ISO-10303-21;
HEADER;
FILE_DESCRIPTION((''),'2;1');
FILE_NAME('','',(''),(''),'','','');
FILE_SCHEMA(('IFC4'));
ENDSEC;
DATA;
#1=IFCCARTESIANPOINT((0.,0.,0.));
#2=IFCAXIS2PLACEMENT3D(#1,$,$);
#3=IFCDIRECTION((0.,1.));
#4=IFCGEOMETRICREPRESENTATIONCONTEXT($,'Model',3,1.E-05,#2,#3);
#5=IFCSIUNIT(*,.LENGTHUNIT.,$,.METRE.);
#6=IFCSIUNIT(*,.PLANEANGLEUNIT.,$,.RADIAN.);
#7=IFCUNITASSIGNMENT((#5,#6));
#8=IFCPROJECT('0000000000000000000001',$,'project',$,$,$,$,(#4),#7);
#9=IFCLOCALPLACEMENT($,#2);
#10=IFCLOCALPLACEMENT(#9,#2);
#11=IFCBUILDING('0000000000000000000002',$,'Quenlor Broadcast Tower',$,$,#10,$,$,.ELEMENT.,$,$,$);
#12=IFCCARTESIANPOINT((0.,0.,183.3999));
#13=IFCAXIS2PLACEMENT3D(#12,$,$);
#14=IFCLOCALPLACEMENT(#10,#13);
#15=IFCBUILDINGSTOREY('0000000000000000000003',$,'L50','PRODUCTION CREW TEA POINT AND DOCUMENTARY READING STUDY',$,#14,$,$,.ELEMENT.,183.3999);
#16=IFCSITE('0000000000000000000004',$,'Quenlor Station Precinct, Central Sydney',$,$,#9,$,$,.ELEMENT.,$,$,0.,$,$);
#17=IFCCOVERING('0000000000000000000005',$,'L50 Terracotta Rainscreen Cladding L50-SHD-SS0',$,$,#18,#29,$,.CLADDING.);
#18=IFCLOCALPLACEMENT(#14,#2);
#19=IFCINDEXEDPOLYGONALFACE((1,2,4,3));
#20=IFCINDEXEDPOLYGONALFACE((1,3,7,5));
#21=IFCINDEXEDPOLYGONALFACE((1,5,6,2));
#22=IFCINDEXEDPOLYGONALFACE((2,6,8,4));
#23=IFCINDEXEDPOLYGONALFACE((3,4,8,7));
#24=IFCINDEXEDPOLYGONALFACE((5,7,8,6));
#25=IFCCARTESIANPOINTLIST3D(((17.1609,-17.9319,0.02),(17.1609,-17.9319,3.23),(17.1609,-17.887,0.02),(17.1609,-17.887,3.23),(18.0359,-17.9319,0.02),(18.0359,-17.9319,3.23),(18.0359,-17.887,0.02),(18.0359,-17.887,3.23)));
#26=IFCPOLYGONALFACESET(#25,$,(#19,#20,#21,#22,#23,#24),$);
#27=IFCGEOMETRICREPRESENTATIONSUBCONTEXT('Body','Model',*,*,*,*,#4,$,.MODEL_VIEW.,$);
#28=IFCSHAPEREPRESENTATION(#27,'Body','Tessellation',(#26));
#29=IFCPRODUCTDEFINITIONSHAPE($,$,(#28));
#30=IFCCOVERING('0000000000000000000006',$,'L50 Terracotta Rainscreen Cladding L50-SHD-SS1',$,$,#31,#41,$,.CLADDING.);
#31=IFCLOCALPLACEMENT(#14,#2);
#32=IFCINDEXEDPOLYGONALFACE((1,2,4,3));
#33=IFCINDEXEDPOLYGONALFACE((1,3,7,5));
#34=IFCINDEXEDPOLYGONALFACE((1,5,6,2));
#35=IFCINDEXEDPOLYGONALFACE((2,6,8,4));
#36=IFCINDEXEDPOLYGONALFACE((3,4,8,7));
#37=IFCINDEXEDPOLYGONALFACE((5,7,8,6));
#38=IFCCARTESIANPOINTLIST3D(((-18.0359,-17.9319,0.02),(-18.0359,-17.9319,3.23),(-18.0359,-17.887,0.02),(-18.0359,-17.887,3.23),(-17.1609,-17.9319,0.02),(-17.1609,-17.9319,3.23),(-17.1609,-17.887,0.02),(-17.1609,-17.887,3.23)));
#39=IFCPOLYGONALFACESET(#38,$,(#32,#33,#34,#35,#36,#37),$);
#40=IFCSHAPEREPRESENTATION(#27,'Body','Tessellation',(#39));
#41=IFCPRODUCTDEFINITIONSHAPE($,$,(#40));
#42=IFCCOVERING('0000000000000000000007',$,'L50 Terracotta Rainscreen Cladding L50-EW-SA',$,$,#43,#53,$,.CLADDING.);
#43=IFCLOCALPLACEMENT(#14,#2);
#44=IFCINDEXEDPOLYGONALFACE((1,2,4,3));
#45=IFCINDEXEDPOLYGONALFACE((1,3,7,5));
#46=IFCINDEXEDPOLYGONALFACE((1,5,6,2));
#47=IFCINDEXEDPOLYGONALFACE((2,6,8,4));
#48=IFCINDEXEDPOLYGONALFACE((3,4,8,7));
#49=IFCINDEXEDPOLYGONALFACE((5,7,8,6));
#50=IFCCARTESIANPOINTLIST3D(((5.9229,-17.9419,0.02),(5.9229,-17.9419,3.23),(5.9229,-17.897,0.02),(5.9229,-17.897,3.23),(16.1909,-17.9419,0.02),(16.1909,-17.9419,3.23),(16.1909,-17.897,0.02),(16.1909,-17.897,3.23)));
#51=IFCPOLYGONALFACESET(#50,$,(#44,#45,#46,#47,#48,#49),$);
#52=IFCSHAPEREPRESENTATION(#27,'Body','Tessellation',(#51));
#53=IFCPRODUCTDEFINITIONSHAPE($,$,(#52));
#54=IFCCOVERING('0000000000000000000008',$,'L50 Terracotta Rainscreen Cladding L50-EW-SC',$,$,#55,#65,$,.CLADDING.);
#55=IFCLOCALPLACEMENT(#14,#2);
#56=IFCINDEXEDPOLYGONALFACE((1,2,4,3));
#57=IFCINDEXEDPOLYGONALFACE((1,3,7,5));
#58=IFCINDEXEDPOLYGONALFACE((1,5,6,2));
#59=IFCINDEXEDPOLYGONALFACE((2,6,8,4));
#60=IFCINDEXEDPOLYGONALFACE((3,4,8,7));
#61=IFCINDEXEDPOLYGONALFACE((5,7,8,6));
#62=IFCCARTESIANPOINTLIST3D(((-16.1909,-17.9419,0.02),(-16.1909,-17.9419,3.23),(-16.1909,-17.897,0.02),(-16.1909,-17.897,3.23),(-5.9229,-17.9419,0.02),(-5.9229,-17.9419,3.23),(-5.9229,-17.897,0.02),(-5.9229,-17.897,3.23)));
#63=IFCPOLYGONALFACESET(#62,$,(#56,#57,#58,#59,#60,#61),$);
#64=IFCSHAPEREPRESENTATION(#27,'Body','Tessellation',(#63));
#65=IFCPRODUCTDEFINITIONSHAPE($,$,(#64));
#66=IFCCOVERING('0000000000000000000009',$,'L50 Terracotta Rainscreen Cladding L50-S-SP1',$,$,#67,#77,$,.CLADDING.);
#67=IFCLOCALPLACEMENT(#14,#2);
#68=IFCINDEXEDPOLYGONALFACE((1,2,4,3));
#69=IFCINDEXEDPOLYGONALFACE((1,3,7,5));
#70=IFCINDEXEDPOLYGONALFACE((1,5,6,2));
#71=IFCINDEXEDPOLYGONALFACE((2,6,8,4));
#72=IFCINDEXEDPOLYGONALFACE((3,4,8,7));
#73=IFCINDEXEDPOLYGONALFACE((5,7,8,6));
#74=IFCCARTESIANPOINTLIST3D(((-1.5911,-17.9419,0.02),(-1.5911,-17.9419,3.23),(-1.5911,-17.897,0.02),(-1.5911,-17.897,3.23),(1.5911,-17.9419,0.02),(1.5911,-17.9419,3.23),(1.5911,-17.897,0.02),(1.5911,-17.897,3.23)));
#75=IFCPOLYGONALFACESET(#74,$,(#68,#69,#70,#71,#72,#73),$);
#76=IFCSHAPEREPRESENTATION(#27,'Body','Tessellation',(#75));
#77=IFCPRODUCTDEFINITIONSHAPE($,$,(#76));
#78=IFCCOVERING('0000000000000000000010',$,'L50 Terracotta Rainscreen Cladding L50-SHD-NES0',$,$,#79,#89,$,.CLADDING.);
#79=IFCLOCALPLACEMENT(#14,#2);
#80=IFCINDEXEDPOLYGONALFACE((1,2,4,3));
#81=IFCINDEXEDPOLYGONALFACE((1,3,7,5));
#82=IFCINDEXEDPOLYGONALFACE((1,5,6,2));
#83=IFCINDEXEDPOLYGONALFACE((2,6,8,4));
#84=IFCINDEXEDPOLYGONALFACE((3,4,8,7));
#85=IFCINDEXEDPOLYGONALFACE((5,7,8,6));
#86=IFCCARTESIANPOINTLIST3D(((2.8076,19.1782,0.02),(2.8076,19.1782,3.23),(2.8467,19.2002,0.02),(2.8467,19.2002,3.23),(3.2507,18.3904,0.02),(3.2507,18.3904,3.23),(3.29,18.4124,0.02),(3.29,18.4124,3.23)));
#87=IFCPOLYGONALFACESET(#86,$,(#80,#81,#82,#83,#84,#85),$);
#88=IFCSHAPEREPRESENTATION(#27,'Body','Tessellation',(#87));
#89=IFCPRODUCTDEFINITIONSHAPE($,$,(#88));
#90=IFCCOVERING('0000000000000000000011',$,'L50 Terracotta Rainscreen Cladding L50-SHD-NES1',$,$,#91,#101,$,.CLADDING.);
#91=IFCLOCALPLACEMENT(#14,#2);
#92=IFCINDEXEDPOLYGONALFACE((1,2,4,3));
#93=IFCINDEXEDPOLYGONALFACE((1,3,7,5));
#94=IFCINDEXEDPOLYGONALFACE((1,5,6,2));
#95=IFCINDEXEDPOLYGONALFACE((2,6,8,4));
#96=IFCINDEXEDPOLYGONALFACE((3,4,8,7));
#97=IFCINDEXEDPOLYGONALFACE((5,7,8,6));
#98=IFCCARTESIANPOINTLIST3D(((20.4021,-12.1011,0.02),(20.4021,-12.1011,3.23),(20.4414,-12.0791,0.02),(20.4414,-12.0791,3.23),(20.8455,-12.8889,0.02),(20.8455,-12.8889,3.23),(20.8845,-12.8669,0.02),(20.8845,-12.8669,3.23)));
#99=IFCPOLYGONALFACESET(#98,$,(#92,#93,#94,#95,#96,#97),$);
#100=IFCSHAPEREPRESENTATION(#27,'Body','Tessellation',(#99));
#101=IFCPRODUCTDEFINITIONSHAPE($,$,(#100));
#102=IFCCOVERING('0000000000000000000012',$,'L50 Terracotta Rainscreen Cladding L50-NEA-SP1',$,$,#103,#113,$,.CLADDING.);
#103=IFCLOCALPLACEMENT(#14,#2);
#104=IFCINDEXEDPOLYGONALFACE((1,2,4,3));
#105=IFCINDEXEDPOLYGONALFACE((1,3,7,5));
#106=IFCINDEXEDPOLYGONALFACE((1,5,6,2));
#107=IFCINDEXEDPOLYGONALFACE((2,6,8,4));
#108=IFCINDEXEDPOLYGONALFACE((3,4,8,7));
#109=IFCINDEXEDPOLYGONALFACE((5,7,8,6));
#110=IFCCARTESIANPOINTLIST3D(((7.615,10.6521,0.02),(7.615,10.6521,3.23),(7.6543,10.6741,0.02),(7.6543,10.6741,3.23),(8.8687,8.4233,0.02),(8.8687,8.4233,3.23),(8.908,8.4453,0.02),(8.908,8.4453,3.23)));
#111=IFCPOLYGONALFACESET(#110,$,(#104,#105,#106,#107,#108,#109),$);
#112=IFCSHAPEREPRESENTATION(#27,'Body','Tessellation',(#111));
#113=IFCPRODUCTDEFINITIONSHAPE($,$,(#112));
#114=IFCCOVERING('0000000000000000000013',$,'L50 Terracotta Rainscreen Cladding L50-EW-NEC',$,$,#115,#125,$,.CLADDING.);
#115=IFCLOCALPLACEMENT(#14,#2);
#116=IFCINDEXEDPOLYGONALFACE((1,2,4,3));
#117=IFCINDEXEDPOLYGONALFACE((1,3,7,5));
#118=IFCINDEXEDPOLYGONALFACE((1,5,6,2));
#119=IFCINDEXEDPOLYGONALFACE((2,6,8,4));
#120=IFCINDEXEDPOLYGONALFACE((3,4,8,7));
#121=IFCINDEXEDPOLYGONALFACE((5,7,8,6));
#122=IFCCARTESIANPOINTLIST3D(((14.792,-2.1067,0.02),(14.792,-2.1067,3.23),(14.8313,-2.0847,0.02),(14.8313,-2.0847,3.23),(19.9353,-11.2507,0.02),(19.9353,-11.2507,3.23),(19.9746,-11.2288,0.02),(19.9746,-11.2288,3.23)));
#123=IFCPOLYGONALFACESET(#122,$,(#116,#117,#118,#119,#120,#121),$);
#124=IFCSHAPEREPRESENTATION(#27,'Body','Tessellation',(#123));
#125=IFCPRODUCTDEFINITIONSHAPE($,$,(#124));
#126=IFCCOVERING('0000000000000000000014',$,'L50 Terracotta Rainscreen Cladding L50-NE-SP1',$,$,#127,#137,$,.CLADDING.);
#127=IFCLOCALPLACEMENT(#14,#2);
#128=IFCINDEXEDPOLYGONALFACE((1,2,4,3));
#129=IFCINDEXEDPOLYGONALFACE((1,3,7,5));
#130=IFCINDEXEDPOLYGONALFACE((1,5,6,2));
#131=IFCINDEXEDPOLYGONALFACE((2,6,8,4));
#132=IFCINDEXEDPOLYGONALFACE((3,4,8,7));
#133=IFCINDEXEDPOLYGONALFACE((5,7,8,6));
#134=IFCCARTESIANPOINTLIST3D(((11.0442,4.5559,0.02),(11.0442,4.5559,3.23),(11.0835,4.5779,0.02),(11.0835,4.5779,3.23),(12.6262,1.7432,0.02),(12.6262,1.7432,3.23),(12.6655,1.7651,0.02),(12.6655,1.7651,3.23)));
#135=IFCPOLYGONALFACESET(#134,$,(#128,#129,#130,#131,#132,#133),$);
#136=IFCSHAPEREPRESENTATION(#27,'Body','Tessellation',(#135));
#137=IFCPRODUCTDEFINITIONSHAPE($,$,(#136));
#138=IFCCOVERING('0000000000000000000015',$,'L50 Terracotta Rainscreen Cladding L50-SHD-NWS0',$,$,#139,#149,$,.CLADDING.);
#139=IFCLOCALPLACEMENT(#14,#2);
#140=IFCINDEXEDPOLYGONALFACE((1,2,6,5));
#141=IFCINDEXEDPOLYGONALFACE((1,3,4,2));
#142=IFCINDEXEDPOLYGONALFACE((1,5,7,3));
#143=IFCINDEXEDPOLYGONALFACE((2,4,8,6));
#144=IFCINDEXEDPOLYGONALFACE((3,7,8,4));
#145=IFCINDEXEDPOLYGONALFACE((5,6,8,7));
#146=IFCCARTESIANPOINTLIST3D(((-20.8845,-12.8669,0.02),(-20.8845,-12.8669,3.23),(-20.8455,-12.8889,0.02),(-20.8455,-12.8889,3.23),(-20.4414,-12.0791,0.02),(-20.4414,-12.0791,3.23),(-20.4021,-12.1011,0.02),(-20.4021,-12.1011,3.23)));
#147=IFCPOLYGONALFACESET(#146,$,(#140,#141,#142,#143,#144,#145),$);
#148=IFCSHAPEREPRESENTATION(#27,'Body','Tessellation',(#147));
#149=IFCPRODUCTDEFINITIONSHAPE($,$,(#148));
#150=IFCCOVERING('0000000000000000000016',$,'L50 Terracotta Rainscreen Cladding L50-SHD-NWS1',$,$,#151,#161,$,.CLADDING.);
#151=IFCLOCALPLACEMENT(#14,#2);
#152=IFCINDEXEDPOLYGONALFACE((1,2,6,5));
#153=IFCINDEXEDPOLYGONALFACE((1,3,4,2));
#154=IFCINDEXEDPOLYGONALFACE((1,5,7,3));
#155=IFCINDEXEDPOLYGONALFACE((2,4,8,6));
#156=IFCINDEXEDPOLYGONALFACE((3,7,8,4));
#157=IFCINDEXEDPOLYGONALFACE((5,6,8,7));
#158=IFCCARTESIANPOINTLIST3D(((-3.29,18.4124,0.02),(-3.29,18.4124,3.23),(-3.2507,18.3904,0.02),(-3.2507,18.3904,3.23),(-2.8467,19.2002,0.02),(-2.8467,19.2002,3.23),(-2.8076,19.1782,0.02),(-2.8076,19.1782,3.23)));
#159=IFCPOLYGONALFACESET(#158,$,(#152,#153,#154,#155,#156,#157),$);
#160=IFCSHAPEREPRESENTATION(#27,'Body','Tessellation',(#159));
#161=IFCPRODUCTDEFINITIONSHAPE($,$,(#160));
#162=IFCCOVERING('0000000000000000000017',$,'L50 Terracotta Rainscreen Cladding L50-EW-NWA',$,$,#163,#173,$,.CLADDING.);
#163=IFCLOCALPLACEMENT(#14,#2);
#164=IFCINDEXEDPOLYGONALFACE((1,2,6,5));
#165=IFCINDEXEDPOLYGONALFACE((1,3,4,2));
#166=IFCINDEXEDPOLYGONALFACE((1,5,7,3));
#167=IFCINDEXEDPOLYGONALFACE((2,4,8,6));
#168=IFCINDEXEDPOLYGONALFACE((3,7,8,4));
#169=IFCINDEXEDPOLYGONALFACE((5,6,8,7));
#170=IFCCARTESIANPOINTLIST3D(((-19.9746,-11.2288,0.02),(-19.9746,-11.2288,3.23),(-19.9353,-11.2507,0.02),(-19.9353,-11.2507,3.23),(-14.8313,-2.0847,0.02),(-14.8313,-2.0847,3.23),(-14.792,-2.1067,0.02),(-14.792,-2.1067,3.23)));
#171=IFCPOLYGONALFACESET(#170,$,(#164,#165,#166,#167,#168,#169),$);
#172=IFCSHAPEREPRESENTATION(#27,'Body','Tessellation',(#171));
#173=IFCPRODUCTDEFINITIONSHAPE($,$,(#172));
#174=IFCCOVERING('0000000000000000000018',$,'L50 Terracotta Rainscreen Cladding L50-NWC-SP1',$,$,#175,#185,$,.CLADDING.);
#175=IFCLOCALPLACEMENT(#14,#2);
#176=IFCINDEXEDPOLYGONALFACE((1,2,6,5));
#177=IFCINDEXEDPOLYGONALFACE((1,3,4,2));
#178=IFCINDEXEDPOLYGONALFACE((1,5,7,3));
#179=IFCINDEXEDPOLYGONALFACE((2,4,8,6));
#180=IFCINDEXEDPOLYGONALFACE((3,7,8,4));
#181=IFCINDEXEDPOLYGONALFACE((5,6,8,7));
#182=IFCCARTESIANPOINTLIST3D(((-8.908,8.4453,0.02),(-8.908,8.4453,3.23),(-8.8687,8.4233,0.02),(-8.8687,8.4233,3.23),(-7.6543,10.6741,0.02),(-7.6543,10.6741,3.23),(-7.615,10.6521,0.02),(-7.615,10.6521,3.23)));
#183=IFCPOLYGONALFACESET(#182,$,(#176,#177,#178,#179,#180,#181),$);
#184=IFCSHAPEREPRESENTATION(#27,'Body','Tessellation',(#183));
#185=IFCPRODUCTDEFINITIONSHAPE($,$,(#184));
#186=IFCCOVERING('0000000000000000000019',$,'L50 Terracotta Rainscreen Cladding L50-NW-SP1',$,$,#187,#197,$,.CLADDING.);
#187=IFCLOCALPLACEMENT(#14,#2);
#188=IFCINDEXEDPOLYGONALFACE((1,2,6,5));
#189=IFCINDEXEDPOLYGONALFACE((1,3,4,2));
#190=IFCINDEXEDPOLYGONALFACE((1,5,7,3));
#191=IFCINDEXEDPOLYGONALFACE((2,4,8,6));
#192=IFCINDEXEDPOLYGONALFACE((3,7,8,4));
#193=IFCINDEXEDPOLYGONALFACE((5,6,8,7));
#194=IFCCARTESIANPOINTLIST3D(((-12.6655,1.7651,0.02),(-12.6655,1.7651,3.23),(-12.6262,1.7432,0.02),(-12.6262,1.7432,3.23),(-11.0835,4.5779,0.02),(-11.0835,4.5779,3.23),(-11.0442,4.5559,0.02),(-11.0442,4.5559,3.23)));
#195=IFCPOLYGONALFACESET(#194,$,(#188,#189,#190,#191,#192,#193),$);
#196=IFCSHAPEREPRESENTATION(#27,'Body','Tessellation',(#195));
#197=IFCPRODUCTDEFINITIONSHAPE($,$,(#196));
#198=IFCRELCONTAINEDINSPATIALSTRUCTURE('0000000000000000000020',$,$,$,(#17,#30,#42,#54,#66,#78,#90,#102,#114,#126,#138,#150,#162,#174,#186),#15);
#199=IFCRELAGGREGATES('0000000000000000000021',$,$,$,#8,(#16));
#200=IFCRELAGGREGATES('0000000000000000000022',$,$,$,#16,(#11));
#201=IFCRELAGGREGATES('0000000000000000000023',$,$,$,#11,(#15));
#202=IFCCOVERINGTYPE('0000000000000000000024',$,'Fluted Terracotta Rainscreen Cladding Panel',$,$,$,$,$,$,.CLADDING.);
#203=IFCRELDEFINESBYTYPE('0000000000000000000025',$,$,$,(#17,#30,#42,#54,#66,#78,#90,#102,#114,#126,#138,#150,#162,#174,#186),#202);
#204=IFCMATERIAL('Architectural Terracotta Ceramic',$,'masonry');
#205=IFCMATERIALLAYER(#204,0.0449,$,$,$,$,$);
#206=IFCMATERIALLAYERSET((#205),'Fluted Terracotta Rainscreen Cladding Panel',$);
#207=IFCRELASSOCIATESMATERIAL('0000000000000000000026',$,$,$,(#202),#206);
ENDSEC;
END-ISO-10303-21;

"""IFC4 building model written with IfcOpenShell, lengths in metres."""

from ifc_helpers import new_model, si_unit, direction, frame, origin, place, context, subcontext, project, spatial, polyline, outline, extrude, material, layer, layer_set, type_object, element, save


model = new_model("IFC4")

# Units and contexts
model_context = context("Model", 3, precision=1e-05, world=origin(), true_north=direction((0.0, 1.0)))
body_context = subcontext(model_context, "Body", "Model", "MODEL_VIEW")
ifc_project = project(units=[si_unit("LENGTHUNIT", "METRE"), si_unit("PLANEANGLEUNIT", "RADIAN")], contexts=[model_context])

# Site, building, storey
site_placement = place(None, origin())
site = spatial("IfcSite", under=ifc_project, at=site_placement, Name="Quenlor Station Precinct, Central Sydney", CompositionType="ELEMENT", RefElevation=0.0)
building_placement = place(site_placement, origin())
building = spatial("IfcBuilding", under=site, at=building_placement, Name="Quenlor Broadcast Tower", CompositionType="ELEMENT")
storey_placement = place(building_placement, frame((0.0, 0.0, 183.3999)))
storey = spatial("IfcBuildingStorey", under=building, at=storey_placement, Name="L50", Description="PRODUCTION CREW TEA POINT AND DOCUMENTARY READING STUDY", CompositionType="ELEMENT", Elevation=183.3999)

# Coverings
ifc_material_1 = material(Name="Architectural Terracotta Ceramic", Category="masonry")
ifc_layer_1 = layer(ifc_material_1, 0.0449)
ifc_layer_set_1 = layer_set([ifc_layer_1], Name="Fluted Terracotta Rainscreen Cladding Panel")
covering_type = type_object("IfcCoveringType", Name="Fluted Terracotta Rainscreen Cladding Panel", PredefinedType="CLADDING", material=ifc_layer_set_1)
covering_1_placement = place(storey_placement, frame((0.0, 0.0, 0.02)))
element("IfcCovering", 1, at=covering_1_placement, inside=storey, type_object=covering_type, Name="L50 Terracotta Rainscreen Cladding L50-SHD-SS0", PredefinedType="CLADDING", context=body_context, shape_type="SweptSolid", body=[
    extrude(outline(polyline([(18.0359, -17.887), (17.1609, -17.887), (17.1609, -17.9319), (18.0359, -17.9319), (18.0359, -17.887)])), origin(), (0.0, 0.0, 1.0), 3.21),
])
covering_2_placement = place(storey_placement, frame((0.0, 0.0, 0.02)))
element("IfcCovering", 2, at=covering_2_placement, inside=storey, type_object=covering_type, Name="L50 Terracotta Rainscreen Cladding L50-SHD-SS1", PredefinedType="CLADDING", context=body_context, shape_type="SweptSolid", body=[
    extrude(outline(polyline([(-17.1609, -17.887), (-18.0359, -17.887), (-18.0359, -17.9319), (-17.1609, -17.9319), (-17.1609, -17.887)])), origin(), (0.0, 0.0, 1.0), 3.21),
])
covering_3_placement = place(storey_placement, frame((0.0, 0.0, 0.02)))
element("IfcCovering", 3, at=covering_3_placement, inside=storey, type_object=covering_type, Name="L50 Terracotta Rainscreen Cladding L50-EW-SA", PredefinedType="CLADDING", context=body_context, shape_type="SweptSolid", body=[
    extrude(outline(polyline([(16.1909, -17.897), (5.9229, -17.897), (5.9229, -17.9419), (16.1909, -17.9419), (16.1909, -17.897)])), origin(), (0.0, 0.0, 1.0), 3.21),
])
covering_4_placement = place(storey_placement, frame((0.0, 0.0, 0.02)))
element("IfcCovering", 4, at=covering_4_placement, inside=storey, type_object=covering_type, Name="L50 Terracotta Rainscreen Cladding L50-EW-SC", PredefinedType="CLADDING", context=body_context, shape_type="SweptSolid", body=[
    extrude(outline(polyline([(-5.9229, -17.897), (-16.1909, -17.897), (-16.1909, -17.9419), (-5.9229, -17.9419), (-5.9229, -17.897)])), origin(), (0.0, 0.0, 1.0), 3.21),
])
covering_5_placement = place(storey_placement, frame((0.0, 0.0, 0.02)))
element("IfcCovering", 5, at=covering_5_placement, inside=storey, type_object=covering_type, Name="L50 Terracotta Rainscreen Cladding L50-S-SP1", PredefinedType="CLADDING", context=body_context, shape_type="SweptSolid", body=[
    extrude(outline(polyline([(1.5911, -17.897), (-1.5911, -17.897), (-1.5911, -17.9419), (1.5911, -17.9419), (1.5911, -17.897)])), origin(), (0.0, 0.0, 1.0), 3.21),
])
covering_6_placement = place(storey_placement, frame((0.0, 0.0, 0.02)))
element("IfcCovering", 6, at=covering_6_placement, inside=storey, type_object=covering_type, Name="L50 Terracotta Rainscreen Cladding L50-SHD-NES0", PredefinedType="CLADDING", context=body_context, shape_type="SweptSolid", body=[
    extrude(outline(polyline([(2.8076, 19.1782), (3.2507, 18.3904), (3.29, 18.4124), (2.8467, 19.2002), (2.8076, 19.1782)])), origin(), (0.0, 0.0, 1.0), 3.21),
])
covering_7_placement = place(storey_placement, frame((0.0, 0.0, 0.02)))
element("IfcCovering", 7, at=covering_7_placement, inside=storey, type_object=covering_type, Name="L50 Terracotta Rainscreen Cladding L50-SHD-NES1", PredefinedType="CLADDING", context=body_context, shape_type="SweptSolid", body=[
    extrude(outline(polyline([(20.4021, -12.1011), (20.8455, -12.8889), (20.8845, -12.8669), (20.4414, -12.0791), (20.4021, -12.1011)])), origin(), (0.0, 0.0, 1.0), 3.21),
])
covering_8_placement = place(storey_placement, frame((0.0, 0.0, 0.02)))
element("IfcCovering", 8, at=covering_8_placement, inside=storey, type_object=covering_type, Name="L50 Terracotta Rainscreen Cladding L50-NEA-SP1", PredefinedType="CLADDING", context=body_context, shape_type="SweptSolid", body=[
    extrude(outline(polyline([(7.615, 10.6521), (8.8687, 8.4233), (8.908, 8.4453), (7.6543, 10.6741), (7.615, 10.6521)])), origin(), (0.0, 0.0, 1.0), 3.21),
])
covering_9_placement = place(storey_placement, frame((0.0, 0.0, 0.02)))
element("IfcCovering", 9, at=covering_9_placement, inside=storey, type_object=covering_type, Name="L50 Terracotta Rainscreen Cladding L50-EW-NEC", PredefinedType="CLADDING", context=body_context, shape_type="SweptSolid", body=[
    extrude(outline(polyline([(14.792, -2.1067), (19.9353, -11.2507), (19.9746, -11.2288), (14.8313, -2.0847), (14.792, -2.1067)])), origin(), (0.0, 0.0, 1.0), 3.21),
])
covering_10_placement = place(storey_placement, frame((0.0, 0.0, 0.02)))
element("IfcCovering", 10, at=covering_10_placement, inside=storey, type_object=covering_type, Name="L50 Terracotta Rainscreen Cladding L50-NE-SP1", PredefinedType="CLADDING", context=body_context, shape_type="SweptSolid", body=[
    extrude(outline(polyline([(11.0442, 4.5559), (12.6262, 1.7432), (12.6655, 1.7651), (11.0835, 4.5779), (11.0442, 4.5559)])), origin(), (0.0, 0.0, 1.0), 3.21),
])
covering_11_placement = place(storey_placement, frame((0.0, 0.0, 0.02)))
element("IfcCovering", 11, at=covering_11_placement, inside=storey, type_object=covering_type, Name="L50 Terracotta Rainscreen Cladding L50-SHD-NWS0", PredefinedType="CLADDING", context=body_context, shape_type="SweptSolid", body=[
    extrude(outline(polyline([(-20.8455, -12.8889), (-20.4021, -12.1011), (-20.4414, -12.0791), (-20.8845, -12.8669), (-20.8455, -12.8889)])), origin(), (0.0, 0.0, 1.0), 3.21),
])
covering_12_placement = place(storey_placement, frame((0.0, 0.0, 0.02)))
element("IfcCovering", 12, at=covering_12_placement, inside=storey, type_object=covering_type, Name="L50 Terracotta Rainscreen Cladding L50-SHD-NWS1", PredefinedType="CLADDING", context=body_context, shape_type="SweptSolid", body=[
    extrude(outline(polyline([(-3.2507, 18.3904), (-2.8076, 19.1782), (-2.8467, 19.2002), (-3.29, 18.4124), (-3.2507, 18.3904)])), origin(), (0.0, 0.0, 1.0), 3.21),
])
covering_13_placement = place(storey_placement, frame((0.0, 0.0, 0.02)))
element("IfcCovering", 13, at=covering_13_placement, inside=storey, type_object=covering_type, Name="L50 Terracotta Rainscreen Cladding L50-EW-NWA", PredefinedType="CLADDING", context=body_context, shape_type="SweptSolid", body=[
    extrude(outline(polyline([(-19.9353, -11.2507), (-14.792, -2.1067), (-14.8313, -2.0847), (-19.9746, -11.2288), (-19.9353, -11.2507)])), origin(), (0.0, 0.0, 1.0), 3.21),
])
covering_14_placement = place(storey_placement, frame((0.0, 0.0, 0.02)))
element("IfcCovering", 14, at=covering_14_placement, inside=storey, type_object=covering_type, Name="L50 Terracotta Rainscreen Cladding L50-NWC-SP1", PredefinedType="CLADDING", context=body_context, shape_type="SweptSolid", body=[
    extrude(outline(polyline([(-8.8687, 8.4233), (-7.615, 10.6521), (-7.6543, 10.6741), (-8.908, 8.4453), (-8.8687, 8.4233)])), origin(), (0.0, 0.0, 1.0), 3.21),
])
covering_15_placement = place(storey_placement, frame((0.0, 0.0, 0.02)))
element("IfcCovering", 15, at=covering_15_placement, inside=storey, type_object=covering_type, Name="L50 Terracotta Rainscreen Cladding L50-NW-SP1", PredefinedType="CLADDING", context=body_context, shape_type="SweptSolid", body=[
    extrude(outline(polyline([(-12.6262, 1.7432), (-11.0442, 4.5559), (-11.0835, 4.5779), (-12.6655, 1.7651), (-12.6262, 1.7432)])), origin(), (0.0, 0.0, 1.0), 3.21),
])

save(model, "model.ifc")
